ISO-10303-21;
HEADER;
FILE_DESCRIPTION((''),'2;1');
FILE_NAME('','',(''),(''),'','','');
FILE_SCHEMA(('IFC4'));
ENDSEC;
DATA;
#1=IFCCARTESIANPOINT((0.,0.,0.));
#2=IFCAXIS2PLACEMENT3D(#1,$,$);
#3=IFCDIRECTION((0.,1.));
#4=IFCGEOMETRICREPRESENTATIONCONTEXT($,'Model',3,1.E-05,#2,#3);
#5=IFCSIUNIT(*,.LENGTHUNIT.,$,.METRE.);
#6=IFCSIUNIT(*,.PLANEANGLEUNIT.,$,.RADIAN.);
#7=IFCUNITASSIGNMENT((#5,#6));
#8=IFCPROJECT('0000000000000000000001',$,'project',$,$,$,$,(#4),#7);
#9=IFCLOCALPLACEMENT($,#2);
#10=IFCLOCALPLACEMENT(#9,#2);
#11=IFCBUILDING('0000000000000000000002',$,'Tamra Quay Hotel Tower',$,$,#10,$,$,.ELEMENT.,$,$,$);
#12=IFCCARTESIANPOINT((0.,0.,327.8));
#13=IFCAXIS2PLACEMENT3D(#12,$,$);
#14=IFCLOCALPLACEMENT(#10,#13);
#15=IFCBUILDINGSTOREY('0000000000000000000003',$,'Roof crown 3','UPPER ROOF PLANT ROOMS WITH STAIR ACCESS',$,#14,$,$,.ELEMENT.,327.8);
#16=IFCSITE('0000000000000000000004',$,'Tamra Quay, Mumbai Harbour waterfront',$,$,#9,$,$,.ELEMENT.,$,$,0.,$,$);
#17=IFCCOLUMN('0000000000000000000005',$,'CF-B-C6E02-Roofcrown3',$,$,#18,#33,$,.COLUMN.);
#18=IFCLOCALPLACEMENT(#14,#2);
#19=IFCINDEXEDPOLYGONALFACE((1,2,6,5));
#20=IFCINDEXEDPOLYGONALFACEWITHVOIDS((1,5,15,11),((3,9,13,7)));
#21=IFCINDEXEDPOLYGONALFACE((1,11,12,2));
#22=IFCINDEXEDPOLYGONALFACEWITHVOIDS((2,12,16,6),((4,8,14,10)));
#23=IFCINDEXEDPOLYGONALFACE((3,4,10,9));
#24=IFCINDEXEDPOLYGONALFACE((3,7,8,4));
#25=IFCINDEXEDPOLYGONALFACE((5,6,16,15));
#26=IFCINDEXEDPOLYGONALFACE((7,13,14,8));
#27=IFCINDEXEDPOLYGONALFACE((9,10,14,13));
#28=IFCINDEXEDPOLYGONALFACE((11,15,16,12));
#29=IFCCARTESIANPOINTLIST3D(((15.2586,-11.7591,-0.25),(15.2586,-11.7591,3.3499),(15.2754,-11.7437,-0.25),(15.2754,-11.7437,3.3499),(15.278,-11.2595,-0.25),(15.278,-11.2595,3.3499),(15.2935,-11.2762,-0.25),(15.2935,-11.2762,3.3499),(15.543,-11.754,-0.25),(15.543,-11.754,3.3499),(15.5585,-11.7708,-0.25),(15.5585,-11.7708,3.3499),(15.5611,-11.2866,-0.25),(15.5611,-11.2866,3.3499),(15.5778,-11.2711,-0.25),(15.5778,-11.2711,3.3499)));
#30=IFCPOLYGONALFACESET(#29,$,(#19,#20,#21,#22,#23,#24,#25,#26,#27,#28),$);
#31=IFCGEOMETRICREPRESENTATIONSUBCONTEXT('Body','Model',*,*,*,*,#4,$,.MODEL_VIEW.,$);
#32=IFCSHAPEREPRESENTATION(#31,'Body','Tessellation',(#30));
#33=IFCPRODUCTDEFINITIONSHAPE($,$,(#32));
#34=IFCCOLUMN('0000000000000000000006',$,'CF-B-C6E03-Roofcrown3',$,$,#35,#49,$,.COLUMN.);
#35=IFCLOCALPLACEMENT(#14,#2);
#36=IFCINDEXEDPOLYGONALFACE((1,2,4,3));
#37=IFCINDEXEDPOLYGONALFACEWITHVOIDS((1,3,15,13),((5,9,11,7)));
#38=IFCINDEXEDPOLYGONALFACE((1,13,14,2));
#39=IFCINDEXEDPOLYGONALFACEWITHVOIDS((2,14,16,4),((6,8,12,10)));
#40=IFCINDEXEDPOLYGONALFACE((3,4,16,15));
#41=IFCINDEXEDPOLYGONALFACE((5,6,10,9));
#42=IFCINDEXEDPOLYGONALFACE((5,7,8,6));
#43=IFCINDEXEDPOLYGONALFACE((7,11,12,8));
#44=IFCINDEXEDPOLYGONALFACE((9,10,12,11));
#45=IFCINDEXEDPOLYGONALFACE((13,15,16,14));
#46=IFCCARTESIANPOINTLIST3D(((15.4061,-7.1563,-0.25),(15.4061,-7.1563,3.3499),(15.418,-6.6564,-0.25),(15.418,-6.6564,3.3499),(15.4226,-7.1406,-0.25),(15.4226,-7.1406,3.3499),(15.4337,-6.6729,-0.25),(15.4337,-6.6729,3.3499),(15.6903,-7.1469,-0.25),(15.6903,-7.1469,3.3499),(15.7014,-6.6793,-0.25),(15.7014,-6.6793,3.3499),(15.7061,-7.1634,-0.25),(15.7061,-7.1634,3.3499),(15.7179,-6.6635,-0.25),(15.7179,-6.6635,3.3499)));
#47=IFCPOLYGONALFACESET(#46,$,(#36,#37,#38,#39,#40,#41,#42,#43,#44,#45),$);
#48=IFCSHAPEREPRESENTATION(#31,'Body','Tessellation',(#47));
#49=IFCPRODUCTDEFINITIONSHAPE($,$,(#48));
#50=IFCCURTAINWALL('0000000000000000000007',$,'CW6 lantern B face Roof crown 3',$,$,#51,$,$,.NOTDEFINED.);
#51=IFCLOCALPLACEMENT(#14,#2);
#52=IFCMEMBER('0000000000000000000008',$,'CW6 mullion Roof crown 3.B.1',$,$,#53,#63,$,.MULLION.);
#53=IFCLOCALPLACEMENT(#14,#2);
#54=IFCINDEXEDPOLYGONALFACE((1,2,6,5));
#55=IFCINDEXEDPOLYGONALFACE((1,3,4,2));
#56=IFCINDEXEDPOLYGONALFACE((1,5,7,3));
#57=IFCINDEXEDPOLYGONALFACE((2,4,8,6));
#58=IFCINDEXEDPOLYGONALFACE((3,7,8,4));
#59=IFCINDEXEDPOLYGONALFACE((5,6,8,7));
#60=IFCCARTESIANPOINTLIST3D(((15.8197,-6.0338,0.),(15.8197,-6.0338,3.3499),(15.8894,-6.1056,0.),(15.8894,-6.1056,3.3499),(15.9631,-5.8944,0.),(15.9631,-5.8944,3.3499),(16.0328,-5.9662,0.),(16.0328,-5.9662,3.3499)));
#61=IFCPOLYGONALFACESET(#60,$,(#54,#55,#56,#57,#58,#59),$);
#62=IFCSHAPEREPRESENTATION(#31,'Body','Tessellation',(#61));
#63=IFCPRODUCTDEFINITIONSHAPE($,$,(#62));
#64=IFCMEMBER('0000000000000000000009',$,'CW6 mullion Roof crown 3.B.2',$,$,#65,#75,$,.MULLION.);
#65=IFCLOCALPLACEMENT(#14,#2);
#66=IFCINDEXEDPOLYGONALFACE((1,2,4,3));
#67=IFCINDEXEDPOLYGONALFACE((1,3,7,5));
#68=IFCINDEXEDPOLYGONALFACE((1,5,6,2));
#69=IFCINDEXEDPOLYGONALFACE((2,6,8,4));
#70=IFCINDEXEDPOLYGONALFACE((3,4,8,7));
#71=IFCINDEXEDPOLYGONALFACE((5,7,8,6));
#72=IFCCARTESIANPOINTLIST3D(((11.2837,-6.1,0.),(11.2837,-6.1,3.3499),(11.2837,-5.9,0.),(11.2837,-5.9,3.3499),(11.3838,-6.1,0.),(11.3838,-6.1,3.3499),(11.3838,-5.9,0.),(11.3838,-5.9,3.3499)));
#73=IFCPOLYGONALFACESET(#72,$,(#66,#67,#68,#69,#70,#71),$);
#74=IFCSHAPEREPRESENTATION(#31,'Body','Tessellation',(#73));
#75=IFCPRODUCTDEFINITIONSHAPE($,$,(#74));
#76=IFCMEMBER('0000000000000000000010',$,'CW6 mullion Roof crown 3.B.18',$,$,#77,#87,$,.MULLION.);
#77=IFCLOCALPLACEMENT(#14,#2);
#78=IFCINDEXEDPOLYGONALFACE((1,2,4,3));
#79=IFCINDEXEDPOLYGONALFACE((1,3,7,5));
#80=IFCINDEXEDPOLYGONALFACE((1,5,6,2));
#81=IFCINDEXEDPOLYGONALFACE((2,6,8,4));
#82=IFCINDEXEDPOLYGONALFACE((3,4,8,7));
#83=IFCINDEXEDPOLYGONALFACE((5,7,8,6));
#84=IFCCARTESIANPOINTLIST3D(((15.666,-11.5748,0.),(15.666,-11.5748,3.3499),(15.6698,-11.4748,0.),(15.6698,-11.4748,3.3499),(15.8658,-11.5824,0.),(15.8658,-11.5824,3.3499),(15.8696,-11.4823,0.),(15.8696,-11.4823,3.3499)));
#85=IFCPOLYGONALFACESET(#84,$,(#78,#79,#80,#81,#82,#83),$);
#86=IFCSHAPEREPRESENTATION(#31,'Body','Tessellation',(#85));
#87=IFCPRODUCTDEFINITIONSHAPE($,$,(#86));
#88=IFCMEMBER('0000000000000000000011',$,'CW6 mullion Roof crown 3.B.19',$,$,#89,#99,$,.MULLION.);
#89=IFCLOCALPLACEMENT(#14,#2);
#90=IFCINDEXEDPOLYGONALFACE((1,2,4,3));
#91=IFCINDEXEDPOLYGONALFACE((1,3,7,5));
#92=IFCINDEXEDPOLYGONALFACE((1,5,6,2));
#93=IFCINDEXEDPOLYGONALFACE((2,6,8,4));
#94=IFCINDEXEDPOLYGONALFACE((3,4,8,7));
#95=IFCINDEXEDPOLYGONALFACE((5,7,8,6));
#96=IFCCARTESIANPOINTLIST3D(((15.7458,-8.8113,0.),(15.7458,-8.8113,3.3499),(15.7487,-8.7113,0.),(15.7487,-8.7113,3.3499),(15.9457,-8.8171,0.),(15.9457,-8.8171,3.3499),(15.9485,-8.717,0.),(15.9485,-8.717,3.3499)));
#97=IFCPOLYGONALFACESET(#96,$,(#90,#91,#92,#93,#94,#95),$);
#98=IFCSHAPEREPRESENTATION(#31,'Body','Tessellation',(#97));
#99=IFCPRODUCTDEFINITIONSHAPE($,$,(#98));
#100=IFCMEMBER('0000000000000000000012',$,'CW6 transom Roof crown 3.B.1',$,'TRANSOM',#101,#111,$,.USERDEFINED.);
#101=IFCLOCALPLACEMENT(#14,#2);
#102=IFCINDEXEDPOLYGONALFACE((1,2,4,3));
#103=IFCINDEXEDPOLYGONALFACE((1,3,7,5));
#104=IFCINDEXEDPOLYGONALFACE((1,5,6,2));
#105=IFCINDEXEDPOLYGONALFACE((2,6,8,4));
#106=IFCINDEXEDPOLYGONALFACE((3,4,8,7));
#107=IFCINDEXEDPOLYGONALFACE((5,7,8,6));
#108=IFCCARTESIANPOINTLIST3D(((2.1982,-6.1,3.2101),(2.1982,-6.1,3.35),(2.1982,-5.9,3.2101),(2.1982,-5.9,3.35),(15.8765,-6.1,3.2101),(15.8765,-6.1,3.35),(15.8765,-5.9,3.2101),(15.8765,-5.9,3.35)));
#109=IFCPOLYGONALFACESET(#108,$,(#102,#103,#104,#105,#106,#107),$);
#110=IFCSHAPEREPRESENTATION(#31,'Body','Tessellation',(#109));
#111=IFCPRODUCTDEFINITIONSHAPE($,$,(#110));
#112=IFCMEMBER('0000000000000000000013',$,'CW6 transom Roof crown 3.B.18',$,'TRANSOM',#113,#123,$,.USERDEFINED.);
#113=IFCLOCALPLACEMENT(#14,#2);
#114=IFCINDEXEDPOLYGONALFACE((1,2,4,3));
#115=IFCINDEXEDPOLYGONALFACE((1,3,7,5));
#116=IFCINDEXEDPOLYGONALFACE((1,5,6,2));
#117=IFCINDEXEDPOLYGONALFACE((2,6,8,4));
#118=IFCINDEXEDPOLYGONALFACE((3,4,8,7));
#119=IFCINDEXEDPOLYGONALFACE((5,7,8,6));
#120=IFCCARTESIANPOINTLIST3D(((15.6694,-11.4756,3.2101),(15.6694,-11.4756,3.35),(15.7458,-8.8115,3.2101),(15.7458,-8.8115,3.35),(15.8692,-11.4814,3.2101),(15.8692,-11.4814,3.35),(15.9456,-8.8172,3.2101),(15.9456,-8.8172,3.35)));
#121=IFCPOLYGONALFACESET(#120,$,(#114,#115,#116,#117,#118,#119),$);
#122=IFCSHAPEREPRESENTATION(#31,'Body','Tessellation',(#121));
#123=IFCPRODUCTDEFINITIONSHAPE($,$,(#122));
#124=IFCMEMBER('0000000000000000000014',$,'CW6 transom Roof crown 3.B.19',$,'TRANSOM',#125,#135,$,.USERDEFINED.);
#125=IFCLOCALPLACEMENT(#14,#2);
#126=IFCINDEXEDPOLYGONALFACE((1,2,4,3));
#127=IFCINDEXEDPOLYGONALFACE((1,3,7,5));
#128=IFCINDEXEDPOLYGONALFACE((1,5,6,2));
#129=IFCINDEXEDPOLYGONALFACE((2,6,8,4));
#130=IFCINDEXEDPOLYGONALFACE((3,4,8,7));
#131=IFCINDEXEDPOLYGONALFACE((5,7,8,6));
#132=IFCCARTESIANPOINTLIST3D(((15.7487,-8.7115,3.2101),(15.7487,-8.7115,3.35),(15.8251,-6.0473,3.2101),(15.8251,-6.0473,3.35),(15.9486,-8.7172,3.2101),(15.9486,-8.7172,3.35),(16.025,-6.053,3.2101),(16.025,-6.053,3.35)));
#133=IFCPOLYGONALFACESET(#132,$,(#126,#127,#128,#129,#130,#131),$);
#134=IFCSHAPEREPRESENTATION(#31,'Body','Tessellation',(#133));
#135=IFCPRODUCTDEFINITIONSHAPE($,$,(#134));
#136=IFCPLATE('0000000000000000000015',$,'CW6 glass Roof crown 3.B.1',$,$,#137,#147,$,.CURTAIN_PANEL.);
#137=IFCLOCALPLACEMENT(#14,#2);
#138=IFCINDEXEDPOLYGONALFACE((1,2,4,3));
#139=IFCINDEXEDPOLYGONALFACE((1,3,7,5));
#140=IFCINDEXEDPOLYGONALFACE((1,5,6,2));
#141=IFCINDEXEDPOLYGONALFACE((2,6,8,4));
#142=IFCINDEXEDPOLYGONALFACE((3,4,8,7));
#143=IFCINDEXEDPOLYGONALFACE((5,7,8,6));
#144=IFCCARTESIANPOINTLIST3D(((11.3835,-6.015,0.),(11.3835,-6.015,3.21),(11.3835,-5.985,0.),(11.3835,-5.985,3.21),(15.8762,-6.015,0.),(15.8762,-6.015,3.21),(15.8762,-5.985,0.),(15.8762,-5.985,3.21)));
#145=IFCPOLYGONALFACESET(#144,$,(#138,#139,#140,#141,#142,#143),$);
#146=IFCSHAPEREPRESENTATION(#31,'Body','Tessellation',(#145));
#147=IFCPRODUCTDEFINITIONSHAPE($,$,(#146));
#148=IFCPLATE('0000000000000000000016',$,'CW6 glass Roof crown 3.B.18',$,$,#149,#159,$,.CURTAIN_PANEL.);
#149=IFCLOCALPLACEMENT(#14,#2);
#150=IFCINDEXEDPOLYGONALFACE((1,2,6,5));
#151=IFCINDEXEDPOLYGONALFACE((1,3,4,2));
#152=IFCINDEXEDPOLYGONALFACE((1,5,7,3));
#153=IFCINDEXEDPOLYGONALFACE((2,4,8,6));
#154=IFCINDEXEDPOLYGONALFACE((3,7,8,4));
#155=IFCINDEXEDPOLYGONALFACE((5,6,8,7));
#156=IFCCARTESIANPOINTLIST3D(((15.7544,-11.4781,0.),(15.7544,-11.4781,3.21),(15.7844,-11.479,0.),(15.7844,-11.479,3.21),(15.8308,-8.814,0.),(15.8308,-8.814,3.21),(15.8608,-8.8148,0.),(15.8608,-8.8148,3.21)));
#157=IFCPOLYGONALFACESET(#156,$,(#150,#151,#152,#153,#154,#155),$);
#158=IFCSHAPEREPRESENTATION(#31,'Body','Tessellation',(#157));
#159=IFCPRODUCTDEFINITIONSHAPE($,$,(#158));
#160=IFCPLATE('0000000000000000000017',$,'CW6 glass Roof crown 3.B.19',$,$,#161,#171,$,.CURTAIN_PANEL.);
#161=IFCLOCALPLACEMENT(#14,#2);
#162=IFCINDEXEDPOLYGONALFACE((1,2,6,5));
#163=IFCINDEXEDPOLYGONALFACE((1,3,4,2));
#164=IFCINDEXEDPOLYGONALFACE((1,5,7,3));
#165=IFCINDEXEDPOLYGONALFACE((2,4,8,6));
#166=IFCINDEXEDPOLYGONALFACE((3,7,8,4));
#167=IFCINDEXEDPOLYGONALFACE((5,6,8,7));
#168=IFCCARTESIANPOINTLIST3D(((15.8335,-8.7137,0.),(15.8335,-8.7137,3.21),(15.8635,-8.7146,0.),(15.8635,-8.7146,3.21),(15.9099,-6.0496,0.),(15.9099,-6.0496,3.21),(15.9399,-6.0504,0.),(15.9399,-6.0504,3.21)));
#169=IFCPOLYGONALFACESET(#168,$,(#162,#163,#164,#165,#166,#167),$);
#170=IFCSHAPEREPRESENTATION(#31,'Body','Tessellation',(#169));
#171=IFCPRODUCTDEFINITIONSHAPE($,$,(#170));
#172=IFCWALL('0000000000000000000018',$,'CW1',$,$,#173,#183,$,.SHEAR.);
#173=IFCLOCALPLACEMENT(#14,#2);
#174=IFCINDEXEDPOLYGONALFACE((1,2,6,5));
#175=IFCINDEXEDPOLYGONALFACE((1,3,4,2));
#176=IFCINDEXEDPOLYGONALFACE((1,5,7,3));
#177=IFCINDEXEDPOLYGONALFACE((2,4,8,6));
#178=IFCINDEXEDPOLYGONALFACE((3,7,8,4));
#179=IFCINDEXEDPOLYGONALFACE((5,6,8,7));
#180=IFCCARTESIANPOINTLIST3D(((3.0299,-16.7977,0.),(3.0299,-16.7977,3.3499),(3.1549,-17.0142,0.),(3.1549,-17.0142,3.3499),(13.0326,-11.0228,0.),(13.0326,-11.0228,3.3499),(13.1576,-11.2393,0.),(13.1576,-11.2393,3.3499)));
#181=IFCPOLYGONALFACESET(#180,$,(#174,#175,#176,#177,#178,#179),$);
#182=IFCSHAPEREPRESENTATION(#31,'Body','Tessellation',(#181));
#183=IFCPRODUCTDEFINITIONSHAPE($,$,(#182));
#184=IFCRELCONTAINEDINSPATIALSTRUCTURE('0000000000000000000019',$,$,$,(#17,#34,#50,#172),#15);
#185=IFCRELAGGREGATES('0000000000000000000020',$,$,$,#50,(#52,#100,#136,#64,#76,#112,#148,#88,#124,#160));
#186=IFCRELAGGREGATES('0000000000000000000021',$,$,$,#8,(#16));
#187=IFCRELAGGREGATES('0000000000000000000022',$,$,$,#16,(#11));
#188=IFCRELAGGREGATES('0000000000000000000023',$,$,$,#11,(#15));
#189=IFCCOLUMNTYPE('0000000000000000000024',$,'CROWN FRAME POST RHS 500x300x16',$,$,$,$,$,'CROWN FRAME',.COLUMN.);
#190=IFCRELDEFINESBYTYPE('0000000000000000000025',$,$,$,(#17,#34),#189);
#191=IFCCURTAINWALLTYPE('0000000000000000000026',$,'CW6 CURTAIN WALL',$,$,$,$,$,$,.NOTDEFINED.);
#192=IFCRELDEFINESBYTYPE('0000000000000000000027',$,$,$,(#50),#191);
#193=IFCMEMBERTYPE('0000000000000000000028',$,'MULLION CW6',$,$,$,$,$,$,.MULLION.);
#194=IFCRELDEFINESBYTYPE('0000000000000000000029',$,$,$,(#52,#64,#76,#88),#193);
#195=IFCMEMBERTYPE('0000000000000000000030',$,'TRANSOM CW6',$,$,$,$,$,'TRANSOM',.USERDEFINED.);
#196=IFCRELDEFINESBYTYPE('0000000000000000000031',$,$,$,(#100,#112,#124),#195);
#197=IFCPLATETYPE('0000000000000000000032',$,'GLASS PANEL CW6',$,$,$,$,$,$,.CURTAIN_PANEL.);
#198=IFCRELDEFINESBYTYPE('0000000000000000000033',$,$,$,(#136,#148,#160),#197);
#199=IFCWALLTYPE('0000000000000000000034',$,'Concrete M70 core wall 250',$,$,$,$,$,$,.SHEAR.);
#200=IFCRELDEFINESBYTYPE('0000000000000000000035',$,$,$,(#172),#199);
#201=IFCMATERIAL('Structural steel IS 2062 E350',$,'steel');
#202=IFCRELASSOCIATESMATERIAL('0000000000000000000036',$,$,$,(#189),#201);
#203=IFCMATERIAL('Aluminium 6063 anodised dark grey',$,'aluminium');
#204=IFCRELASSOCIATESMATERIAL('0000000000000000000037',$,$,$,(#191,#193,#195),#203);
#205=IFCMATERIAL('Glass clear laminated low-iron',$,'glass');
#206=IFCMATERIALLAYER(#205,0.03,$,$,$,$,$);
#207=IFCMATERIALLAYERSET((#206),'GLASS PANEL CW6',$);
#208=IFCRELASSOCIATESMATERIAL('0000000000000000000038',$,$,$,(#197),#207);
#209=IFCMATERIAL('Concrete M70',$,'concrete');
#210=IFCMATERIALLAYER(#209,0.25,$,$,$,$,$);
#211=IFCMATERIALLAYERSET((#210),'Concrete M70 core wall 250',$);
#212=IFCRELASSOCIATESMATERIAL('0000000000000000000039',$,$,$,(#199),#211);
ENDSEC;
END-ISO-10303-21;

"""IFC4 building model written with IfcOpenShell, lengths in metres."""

from ifc_helpers import new_model, si_unit, direction, frame, frame_2d, origin, origin_2d, place, context, subcontext, project, spatial, rectangle, hollow_rectangle, extrude, material, layer, layer_set, material_profile, profile_set, type_object, element, aggregate, save


model = new_model("IFC4")

# Units and contexts
model_context = context("Model", 3, precision=1e-05, world=origin(), true_north=direction((0.0, 1.0)))
body_context = subcontext(model_context, "Body", "Model", "MODEL_VIEW")
ifc_project = project(units=[si_unit("LENGTHUNIT", "METRE"), si_unit("PLANEANGLEUNIT", "RADIAN")], contexts=[model_context])

# Site, building, storey
site_placement = place(None, origin())
site = spatial("IfcSite", under=ifc_project, at=site_placement, Name="Tamra Quay, Mumbai Harbour waterfront", CompositionType="ELEMENT", RefElevation=0.0)
building_placement = place(site_placement, origin())
building = spatial("IfcBuilding", under=site, at=building_placement, Name="Tamra Quay Hotel Tower", CompositionType="ELEMENT")
storey_placement = place(building_placement, frame((0.0, 0.0, 327.8)))
storey = spatial("IfcBuildingStorey", under=building, at=storey_placement, Name="Roof crown 3", Description="UPPER ROOF PLANT ROOMS WITH STAIR ACCESS", CompositionType="ELEMENT", Elevation=327.8)

# Columns
ifc_material_1 = material(Name="Structural steel IS 2062 E350", Category="steel")
ifc_material_profile_1 = material_profile(ifc_material_1, hollow_rectangle(XDim=0.3, YDim=0.5, WallThickness=0.0161, at=origin_2d()), Name="RHS 500x300x16")
ifc_profile_set_1 = profile_set([ifc_material_profile_1], Name="Structural steel IS 2062 E350")
column_type = type_object("IfcColumnType", Name="CROWN FRAME POST RHS 500x300x16", ElementType="CROWN FRAME", PredefinedType="COLUMN", material=ifc_profile_set_1)
for number, where, z_axis, x_axis, name in (
    (1, (15.4182, -11.5151, -0.25), (0.0, 0.0, 1.0), (-0.999251, 0.038691, 0.0), "CF-B-C6E02-Roofcrown3"),
    (2, (15.562, -6.9099, -0.25), (0.0, 0.0, 1.0), (-0.999718, 0.023753, 0.0), "CF-B-C6E03-Roofcrown3"),
):
    element("IfcColumn", number, at=place(storey_placement, frame(where, z_axis=z_axis, x_axis=x_axis)), inside=storey, type_object=column_type, Name=name, PredefinedType="COLUMN", context=body_context, shape_type="SweptSolid", body=[
        extrude(hollow_rectangle(XDim=0.3, YDim=0.5, WallThickness=0.0161, at=origin_2d()), origin(), (0.0, 0.0, 1.0), 3.5999),
    ])

# Curtain wall, members, plates
ifc_material_2 = material(Name="Aluminium 6063 anodised dark grey", Category="aluminium")
curtain_wall_type = type_object("IfcCurtainWallType", Name="CW6 CURTAIN WALL", PredefinedType="NOTDEFINED", material=ifc_material_2)
curtain_wall_placement = place(storey_placement, origin())
curtain_wall = element("IfcCurtainWall", 3, at=curtain_wall_placement, inside=storey, type_object=curtain_wall_type, Name="CW6 lantern B face Roof crown 3", PredefinedType="NOTDEFINED")
ifc_material_profile_2 = material_profile(ifc_material_2, rectangle(XDim=0.2, YDim=0.1001, at=origin_2d()), Name="MULLION 100X200")
ifc_profile_set_2 = profile_set([ifc_material_profile_2], Name="Aluminium 6063 anodised dark grey")
member_type_1 = type_object("IfcMemberType", Name="MULLION CW6", PredefinedType="MULLION", material=ifc_profile_set_2)
member_1_placement = place(storey_placement, frame((15.9263, -6.0, 0.0), z_axis=(0.0, 0.0, 1.0), x_axis=(0.717164, 0.696904, 0.0)))
member_1 = element("IfcMember", 4, at=member_1_placement, type_object=member_type_1, Name="CW6 mullion Roof crown 3.B.1", PredefinedType="MULLION", context=body_context, shape_type="SweptSolid", body=[
    extrude(rectangle(XDim=0.2, YDim=0.1001, at=origin_2d()), origin(), (0.0, 0.0, 1.0), 3.3499),
])
member_2_placement = place(storey_placement, frame((11.3337, -6.0, 0.0), z_axis=(0.0, 0.0, 1.0), x_axis=(0.0, 1.0, 0.0)))
member_2 = element("IfcMember", 5, at=member_2_placement, type_object=member_type_1, Name="CW6 mullion Roof crown 3.B.2", PredefinedType="MULLION", context=body_context, shape_type="SweptSolid", body=[
    extrude(rectangle(XDim=0.2, YDim=0.1001, at=origin_2d()), origin(), (0.0, 0.0, 1.0), 3.3499),
])
member_3_placement = place(storey_placement, frame((15.7678, -11.5286, 0.0), z_axis=(0.0, 0.0, 1.0), x_axis=(0.999288, -0.037737, 0.0)))
member_3 = element("IfcMember", 6, at=member_3_placement, type_object=member_type_1, Name="CW6 mullion Roof crown 3.B.18", PredefinedType="MULLION", context=body_context, shape_type="SweptSolid", body=[
    extrude(rectangle(XDim=0.2, YDim=0.1001, at=origin_2d()), origin(), (0.0, 0.0, 1.0), 3.3499),
])
member_4_placement = place(storey_placement, frame((15.8472, -8.7642, 0.0), z_axis=(0.0, 0.0, 1.0), x_axis=(0.99959, -0.02865, 0.0)))
member_4 = element("IfcMember", 7, at=member_4_placement, type_object=member_type_1, Name="CW6 mullion Roof crown 3.B.19", PredefinedType="MULLION", context=body_context, shape_type="SweptSolid", body=[
    extrude(rectangle(XDim=0.2, YDim=0.1001, at=origin_2d()), origin(), (0.0, 0.0, 1.0), 3.3499),
])
ifc_material_profile_3 = material_profile(ifc_material_2, rectangle(XDim=0.2, YDim=0.1399, at=origin_2d()), Name="TRANSOM 200X140")
ifc_profile_set_3 = profile_set([ifc_material_profile_3], Name="Aluminium 6063 anodised dark grey")
member_type_2 = type_object("IfcMemberType", Name="TRANSOM CW6", ElementType="TRANSOM", PredefinedType="USERDEFINED", material=ifc_profile_set_3)
member_5_placement = place(storey_placement, frame((15.8765, -6.0, 3.28), z_axis=(-1.0, 0.0, 0.0), x_axis=(0.0, -1.0, 0.0)))
member_5 = element("IfcMember", 8, at=member_5_placement, type_object=member_type_2, Name="CW6 transom Roof crown 3.B.1", ObjectType="TRANSOM", PredefinedType="USERDEFINED", context=body_context, shape_type="SweptSolid", body=[
    extrude(rectangle(XDim=0.2, YDim=0.1399, at=origin_2d()), origin(), (0.0, 0.0, 1.0), 13.6782),
])
member_6_placement = place(storey_placement, frame((15.7693, -11.4785, 3.28), z_axis=(0.02867, 0.999589, 0.0), x_axis=(-0.999589, 0.02867, 0.0)))
member_6 = element("IfcMember", 9, at=member_6_placement, type_object=member_type_2, Name="CW6 transom Roof crown 3.B.18", ObjectType="TRANSOM", PredefinedType="USERDEFINED", context=body_context, shape_type="SweptSolid", body=[
    extrude(rectangle(XDim=0.2, YDim=0.1399, at=origin_2d()), origin(), (0.0, 0.0, 1.0), 2.6653),
])
member_7_placement = place(storey_placement, frame((15.8486, -8.7144, 3.28), z_axis=(0.02867, 0.999589, 0.0), x_axis=(-0.999589, 0.02867, 0.0)))
member_7 = element("IfcMember", 10, at=member_7_placement, type_object=member_type_2, Name="CW6 transom Roof crown 3.B.19", ObjectType="TRANSOM", PredefinedType="USERDEFINED", context=body_context, shape_type="SweptSolid", body=[
    extrude(rectangle(XDim=0.2, YDim=0.1399, at=origin_2d()), origin(), (0.0, 0.0, 1.0), 2.6653),
])
ifc_material_3 = material(Name="Glass clear laminated low-iron", Category="glass")
ifc_layer_1 = layer(ifc_material_3, 0.03)
ifc_layer_set_1 = layer_set([ifc_layer_1], Name="GLASS PANEL CW6")
plate_type = type_object("IfcPlateType", Name="GLASS PANEL CW6", PredefinedType="CURTAIN_PANEL", material=ifc_layer_set_1)
plate_1_placement = place(storey_placement, frame((13.6299, -6.0, 0.0), z_axis=(0.0, 0.0, 1.0), x_axis=(-1.0, 0.0, 0.0)))
plate_1 = element("IfcPlate", 11, at=plate_1_placement, type_object=plate_type, Name="CW6 glass Roof crown 3.B.1", PredefinedType="CURTAIN_PANEL", context=body_context, shape_type="SweptSolid", body=[
    extrude(rectangle(XDim=4.4927, YDim=0.03, at=origin_2d()), origin(), (0.0, 0.0, 1.0), 3.21),
])
plate_2_placement = place(storey_placement, frame((15.8076, -10.1465, 0.0), z_axis=(0.0, 0.0, 1.0), x_axis=(0.02865, 0.99959, 0.0)))
plate_2 = element("IfcPlate", 12, at=plate_2_placement, type_object=plate_type, Name="CW6 glass Roof crown 3.B.18", PredefinedType="CURTAIN_PANEL", context=body_context, shape_type="SweptSolid", body=[
    extrude(rectangle(XDim=2.6653, YDim=0.03, at=origin_2d()), origin(), (0.0, 0.0, 1.0), 3.21),
])
plate_3_placement = place(storey_placement, frame((15.8867, -7.3821, 0.0), z_axis=(0.0, 0.0, 1.0), x_axis=(0.02865, 0.99959, 0.0)))
plate_3 = element("IfcPlate", 13, at=plate_3_placement, type_object=plate_type, Name="CW6 glass Roof crown 3.B.19", PredefinedType="CURTAIN_PANEL", context=body_context, shape_type="SweptSolid", body=[
    extrude(rectangle(XDim=2.6653, YDim=0.03, at=origin_2d()), origin(), (0.0, 0.0, 1.0), 3.21),
])
aggregate(curtain_wall, [member_1, member_5, plate_1, member_2, member_3, member_6, plate_2, member_4, member_7, plate_3])

# Wall
ifc_material_4 = material(Name="Concrete M70", Category="concrete")
ifc_layer_2 = layer(ifc_material_4, 0.25)
ifc_layer_set_2 = layer_set([ifc_layer_2], Name="Concrete M70 core wall 250")
wall_type = type_object("IfcWallType", Name="Concrete M70 core wall 250", PredefinedType="SHEAR", material=ifc_layer_set_2)
wall_1_placement = place(storey_placement, frame((13.095, -11.1311, 0.0), z_axis=(0.0, 0.0, 1.0), x_axis=(-0.866031, -0.49999, 0.0)))
element("IfcWall", 14, at=wall_1_placement, inside=storey, type_object=wall_type, Name="CW1", PredefinedType="SHEAR", context=body_context, shape_type="SweptSolid", body=[
    extrude(rectangle(XDim=11.55, YDim=0.25, at=frame_2d((5.7749, 0.0))), origin(), (0.0, 0.0, 1.0), 3.3499),
])

save(model, "model.ifc")
